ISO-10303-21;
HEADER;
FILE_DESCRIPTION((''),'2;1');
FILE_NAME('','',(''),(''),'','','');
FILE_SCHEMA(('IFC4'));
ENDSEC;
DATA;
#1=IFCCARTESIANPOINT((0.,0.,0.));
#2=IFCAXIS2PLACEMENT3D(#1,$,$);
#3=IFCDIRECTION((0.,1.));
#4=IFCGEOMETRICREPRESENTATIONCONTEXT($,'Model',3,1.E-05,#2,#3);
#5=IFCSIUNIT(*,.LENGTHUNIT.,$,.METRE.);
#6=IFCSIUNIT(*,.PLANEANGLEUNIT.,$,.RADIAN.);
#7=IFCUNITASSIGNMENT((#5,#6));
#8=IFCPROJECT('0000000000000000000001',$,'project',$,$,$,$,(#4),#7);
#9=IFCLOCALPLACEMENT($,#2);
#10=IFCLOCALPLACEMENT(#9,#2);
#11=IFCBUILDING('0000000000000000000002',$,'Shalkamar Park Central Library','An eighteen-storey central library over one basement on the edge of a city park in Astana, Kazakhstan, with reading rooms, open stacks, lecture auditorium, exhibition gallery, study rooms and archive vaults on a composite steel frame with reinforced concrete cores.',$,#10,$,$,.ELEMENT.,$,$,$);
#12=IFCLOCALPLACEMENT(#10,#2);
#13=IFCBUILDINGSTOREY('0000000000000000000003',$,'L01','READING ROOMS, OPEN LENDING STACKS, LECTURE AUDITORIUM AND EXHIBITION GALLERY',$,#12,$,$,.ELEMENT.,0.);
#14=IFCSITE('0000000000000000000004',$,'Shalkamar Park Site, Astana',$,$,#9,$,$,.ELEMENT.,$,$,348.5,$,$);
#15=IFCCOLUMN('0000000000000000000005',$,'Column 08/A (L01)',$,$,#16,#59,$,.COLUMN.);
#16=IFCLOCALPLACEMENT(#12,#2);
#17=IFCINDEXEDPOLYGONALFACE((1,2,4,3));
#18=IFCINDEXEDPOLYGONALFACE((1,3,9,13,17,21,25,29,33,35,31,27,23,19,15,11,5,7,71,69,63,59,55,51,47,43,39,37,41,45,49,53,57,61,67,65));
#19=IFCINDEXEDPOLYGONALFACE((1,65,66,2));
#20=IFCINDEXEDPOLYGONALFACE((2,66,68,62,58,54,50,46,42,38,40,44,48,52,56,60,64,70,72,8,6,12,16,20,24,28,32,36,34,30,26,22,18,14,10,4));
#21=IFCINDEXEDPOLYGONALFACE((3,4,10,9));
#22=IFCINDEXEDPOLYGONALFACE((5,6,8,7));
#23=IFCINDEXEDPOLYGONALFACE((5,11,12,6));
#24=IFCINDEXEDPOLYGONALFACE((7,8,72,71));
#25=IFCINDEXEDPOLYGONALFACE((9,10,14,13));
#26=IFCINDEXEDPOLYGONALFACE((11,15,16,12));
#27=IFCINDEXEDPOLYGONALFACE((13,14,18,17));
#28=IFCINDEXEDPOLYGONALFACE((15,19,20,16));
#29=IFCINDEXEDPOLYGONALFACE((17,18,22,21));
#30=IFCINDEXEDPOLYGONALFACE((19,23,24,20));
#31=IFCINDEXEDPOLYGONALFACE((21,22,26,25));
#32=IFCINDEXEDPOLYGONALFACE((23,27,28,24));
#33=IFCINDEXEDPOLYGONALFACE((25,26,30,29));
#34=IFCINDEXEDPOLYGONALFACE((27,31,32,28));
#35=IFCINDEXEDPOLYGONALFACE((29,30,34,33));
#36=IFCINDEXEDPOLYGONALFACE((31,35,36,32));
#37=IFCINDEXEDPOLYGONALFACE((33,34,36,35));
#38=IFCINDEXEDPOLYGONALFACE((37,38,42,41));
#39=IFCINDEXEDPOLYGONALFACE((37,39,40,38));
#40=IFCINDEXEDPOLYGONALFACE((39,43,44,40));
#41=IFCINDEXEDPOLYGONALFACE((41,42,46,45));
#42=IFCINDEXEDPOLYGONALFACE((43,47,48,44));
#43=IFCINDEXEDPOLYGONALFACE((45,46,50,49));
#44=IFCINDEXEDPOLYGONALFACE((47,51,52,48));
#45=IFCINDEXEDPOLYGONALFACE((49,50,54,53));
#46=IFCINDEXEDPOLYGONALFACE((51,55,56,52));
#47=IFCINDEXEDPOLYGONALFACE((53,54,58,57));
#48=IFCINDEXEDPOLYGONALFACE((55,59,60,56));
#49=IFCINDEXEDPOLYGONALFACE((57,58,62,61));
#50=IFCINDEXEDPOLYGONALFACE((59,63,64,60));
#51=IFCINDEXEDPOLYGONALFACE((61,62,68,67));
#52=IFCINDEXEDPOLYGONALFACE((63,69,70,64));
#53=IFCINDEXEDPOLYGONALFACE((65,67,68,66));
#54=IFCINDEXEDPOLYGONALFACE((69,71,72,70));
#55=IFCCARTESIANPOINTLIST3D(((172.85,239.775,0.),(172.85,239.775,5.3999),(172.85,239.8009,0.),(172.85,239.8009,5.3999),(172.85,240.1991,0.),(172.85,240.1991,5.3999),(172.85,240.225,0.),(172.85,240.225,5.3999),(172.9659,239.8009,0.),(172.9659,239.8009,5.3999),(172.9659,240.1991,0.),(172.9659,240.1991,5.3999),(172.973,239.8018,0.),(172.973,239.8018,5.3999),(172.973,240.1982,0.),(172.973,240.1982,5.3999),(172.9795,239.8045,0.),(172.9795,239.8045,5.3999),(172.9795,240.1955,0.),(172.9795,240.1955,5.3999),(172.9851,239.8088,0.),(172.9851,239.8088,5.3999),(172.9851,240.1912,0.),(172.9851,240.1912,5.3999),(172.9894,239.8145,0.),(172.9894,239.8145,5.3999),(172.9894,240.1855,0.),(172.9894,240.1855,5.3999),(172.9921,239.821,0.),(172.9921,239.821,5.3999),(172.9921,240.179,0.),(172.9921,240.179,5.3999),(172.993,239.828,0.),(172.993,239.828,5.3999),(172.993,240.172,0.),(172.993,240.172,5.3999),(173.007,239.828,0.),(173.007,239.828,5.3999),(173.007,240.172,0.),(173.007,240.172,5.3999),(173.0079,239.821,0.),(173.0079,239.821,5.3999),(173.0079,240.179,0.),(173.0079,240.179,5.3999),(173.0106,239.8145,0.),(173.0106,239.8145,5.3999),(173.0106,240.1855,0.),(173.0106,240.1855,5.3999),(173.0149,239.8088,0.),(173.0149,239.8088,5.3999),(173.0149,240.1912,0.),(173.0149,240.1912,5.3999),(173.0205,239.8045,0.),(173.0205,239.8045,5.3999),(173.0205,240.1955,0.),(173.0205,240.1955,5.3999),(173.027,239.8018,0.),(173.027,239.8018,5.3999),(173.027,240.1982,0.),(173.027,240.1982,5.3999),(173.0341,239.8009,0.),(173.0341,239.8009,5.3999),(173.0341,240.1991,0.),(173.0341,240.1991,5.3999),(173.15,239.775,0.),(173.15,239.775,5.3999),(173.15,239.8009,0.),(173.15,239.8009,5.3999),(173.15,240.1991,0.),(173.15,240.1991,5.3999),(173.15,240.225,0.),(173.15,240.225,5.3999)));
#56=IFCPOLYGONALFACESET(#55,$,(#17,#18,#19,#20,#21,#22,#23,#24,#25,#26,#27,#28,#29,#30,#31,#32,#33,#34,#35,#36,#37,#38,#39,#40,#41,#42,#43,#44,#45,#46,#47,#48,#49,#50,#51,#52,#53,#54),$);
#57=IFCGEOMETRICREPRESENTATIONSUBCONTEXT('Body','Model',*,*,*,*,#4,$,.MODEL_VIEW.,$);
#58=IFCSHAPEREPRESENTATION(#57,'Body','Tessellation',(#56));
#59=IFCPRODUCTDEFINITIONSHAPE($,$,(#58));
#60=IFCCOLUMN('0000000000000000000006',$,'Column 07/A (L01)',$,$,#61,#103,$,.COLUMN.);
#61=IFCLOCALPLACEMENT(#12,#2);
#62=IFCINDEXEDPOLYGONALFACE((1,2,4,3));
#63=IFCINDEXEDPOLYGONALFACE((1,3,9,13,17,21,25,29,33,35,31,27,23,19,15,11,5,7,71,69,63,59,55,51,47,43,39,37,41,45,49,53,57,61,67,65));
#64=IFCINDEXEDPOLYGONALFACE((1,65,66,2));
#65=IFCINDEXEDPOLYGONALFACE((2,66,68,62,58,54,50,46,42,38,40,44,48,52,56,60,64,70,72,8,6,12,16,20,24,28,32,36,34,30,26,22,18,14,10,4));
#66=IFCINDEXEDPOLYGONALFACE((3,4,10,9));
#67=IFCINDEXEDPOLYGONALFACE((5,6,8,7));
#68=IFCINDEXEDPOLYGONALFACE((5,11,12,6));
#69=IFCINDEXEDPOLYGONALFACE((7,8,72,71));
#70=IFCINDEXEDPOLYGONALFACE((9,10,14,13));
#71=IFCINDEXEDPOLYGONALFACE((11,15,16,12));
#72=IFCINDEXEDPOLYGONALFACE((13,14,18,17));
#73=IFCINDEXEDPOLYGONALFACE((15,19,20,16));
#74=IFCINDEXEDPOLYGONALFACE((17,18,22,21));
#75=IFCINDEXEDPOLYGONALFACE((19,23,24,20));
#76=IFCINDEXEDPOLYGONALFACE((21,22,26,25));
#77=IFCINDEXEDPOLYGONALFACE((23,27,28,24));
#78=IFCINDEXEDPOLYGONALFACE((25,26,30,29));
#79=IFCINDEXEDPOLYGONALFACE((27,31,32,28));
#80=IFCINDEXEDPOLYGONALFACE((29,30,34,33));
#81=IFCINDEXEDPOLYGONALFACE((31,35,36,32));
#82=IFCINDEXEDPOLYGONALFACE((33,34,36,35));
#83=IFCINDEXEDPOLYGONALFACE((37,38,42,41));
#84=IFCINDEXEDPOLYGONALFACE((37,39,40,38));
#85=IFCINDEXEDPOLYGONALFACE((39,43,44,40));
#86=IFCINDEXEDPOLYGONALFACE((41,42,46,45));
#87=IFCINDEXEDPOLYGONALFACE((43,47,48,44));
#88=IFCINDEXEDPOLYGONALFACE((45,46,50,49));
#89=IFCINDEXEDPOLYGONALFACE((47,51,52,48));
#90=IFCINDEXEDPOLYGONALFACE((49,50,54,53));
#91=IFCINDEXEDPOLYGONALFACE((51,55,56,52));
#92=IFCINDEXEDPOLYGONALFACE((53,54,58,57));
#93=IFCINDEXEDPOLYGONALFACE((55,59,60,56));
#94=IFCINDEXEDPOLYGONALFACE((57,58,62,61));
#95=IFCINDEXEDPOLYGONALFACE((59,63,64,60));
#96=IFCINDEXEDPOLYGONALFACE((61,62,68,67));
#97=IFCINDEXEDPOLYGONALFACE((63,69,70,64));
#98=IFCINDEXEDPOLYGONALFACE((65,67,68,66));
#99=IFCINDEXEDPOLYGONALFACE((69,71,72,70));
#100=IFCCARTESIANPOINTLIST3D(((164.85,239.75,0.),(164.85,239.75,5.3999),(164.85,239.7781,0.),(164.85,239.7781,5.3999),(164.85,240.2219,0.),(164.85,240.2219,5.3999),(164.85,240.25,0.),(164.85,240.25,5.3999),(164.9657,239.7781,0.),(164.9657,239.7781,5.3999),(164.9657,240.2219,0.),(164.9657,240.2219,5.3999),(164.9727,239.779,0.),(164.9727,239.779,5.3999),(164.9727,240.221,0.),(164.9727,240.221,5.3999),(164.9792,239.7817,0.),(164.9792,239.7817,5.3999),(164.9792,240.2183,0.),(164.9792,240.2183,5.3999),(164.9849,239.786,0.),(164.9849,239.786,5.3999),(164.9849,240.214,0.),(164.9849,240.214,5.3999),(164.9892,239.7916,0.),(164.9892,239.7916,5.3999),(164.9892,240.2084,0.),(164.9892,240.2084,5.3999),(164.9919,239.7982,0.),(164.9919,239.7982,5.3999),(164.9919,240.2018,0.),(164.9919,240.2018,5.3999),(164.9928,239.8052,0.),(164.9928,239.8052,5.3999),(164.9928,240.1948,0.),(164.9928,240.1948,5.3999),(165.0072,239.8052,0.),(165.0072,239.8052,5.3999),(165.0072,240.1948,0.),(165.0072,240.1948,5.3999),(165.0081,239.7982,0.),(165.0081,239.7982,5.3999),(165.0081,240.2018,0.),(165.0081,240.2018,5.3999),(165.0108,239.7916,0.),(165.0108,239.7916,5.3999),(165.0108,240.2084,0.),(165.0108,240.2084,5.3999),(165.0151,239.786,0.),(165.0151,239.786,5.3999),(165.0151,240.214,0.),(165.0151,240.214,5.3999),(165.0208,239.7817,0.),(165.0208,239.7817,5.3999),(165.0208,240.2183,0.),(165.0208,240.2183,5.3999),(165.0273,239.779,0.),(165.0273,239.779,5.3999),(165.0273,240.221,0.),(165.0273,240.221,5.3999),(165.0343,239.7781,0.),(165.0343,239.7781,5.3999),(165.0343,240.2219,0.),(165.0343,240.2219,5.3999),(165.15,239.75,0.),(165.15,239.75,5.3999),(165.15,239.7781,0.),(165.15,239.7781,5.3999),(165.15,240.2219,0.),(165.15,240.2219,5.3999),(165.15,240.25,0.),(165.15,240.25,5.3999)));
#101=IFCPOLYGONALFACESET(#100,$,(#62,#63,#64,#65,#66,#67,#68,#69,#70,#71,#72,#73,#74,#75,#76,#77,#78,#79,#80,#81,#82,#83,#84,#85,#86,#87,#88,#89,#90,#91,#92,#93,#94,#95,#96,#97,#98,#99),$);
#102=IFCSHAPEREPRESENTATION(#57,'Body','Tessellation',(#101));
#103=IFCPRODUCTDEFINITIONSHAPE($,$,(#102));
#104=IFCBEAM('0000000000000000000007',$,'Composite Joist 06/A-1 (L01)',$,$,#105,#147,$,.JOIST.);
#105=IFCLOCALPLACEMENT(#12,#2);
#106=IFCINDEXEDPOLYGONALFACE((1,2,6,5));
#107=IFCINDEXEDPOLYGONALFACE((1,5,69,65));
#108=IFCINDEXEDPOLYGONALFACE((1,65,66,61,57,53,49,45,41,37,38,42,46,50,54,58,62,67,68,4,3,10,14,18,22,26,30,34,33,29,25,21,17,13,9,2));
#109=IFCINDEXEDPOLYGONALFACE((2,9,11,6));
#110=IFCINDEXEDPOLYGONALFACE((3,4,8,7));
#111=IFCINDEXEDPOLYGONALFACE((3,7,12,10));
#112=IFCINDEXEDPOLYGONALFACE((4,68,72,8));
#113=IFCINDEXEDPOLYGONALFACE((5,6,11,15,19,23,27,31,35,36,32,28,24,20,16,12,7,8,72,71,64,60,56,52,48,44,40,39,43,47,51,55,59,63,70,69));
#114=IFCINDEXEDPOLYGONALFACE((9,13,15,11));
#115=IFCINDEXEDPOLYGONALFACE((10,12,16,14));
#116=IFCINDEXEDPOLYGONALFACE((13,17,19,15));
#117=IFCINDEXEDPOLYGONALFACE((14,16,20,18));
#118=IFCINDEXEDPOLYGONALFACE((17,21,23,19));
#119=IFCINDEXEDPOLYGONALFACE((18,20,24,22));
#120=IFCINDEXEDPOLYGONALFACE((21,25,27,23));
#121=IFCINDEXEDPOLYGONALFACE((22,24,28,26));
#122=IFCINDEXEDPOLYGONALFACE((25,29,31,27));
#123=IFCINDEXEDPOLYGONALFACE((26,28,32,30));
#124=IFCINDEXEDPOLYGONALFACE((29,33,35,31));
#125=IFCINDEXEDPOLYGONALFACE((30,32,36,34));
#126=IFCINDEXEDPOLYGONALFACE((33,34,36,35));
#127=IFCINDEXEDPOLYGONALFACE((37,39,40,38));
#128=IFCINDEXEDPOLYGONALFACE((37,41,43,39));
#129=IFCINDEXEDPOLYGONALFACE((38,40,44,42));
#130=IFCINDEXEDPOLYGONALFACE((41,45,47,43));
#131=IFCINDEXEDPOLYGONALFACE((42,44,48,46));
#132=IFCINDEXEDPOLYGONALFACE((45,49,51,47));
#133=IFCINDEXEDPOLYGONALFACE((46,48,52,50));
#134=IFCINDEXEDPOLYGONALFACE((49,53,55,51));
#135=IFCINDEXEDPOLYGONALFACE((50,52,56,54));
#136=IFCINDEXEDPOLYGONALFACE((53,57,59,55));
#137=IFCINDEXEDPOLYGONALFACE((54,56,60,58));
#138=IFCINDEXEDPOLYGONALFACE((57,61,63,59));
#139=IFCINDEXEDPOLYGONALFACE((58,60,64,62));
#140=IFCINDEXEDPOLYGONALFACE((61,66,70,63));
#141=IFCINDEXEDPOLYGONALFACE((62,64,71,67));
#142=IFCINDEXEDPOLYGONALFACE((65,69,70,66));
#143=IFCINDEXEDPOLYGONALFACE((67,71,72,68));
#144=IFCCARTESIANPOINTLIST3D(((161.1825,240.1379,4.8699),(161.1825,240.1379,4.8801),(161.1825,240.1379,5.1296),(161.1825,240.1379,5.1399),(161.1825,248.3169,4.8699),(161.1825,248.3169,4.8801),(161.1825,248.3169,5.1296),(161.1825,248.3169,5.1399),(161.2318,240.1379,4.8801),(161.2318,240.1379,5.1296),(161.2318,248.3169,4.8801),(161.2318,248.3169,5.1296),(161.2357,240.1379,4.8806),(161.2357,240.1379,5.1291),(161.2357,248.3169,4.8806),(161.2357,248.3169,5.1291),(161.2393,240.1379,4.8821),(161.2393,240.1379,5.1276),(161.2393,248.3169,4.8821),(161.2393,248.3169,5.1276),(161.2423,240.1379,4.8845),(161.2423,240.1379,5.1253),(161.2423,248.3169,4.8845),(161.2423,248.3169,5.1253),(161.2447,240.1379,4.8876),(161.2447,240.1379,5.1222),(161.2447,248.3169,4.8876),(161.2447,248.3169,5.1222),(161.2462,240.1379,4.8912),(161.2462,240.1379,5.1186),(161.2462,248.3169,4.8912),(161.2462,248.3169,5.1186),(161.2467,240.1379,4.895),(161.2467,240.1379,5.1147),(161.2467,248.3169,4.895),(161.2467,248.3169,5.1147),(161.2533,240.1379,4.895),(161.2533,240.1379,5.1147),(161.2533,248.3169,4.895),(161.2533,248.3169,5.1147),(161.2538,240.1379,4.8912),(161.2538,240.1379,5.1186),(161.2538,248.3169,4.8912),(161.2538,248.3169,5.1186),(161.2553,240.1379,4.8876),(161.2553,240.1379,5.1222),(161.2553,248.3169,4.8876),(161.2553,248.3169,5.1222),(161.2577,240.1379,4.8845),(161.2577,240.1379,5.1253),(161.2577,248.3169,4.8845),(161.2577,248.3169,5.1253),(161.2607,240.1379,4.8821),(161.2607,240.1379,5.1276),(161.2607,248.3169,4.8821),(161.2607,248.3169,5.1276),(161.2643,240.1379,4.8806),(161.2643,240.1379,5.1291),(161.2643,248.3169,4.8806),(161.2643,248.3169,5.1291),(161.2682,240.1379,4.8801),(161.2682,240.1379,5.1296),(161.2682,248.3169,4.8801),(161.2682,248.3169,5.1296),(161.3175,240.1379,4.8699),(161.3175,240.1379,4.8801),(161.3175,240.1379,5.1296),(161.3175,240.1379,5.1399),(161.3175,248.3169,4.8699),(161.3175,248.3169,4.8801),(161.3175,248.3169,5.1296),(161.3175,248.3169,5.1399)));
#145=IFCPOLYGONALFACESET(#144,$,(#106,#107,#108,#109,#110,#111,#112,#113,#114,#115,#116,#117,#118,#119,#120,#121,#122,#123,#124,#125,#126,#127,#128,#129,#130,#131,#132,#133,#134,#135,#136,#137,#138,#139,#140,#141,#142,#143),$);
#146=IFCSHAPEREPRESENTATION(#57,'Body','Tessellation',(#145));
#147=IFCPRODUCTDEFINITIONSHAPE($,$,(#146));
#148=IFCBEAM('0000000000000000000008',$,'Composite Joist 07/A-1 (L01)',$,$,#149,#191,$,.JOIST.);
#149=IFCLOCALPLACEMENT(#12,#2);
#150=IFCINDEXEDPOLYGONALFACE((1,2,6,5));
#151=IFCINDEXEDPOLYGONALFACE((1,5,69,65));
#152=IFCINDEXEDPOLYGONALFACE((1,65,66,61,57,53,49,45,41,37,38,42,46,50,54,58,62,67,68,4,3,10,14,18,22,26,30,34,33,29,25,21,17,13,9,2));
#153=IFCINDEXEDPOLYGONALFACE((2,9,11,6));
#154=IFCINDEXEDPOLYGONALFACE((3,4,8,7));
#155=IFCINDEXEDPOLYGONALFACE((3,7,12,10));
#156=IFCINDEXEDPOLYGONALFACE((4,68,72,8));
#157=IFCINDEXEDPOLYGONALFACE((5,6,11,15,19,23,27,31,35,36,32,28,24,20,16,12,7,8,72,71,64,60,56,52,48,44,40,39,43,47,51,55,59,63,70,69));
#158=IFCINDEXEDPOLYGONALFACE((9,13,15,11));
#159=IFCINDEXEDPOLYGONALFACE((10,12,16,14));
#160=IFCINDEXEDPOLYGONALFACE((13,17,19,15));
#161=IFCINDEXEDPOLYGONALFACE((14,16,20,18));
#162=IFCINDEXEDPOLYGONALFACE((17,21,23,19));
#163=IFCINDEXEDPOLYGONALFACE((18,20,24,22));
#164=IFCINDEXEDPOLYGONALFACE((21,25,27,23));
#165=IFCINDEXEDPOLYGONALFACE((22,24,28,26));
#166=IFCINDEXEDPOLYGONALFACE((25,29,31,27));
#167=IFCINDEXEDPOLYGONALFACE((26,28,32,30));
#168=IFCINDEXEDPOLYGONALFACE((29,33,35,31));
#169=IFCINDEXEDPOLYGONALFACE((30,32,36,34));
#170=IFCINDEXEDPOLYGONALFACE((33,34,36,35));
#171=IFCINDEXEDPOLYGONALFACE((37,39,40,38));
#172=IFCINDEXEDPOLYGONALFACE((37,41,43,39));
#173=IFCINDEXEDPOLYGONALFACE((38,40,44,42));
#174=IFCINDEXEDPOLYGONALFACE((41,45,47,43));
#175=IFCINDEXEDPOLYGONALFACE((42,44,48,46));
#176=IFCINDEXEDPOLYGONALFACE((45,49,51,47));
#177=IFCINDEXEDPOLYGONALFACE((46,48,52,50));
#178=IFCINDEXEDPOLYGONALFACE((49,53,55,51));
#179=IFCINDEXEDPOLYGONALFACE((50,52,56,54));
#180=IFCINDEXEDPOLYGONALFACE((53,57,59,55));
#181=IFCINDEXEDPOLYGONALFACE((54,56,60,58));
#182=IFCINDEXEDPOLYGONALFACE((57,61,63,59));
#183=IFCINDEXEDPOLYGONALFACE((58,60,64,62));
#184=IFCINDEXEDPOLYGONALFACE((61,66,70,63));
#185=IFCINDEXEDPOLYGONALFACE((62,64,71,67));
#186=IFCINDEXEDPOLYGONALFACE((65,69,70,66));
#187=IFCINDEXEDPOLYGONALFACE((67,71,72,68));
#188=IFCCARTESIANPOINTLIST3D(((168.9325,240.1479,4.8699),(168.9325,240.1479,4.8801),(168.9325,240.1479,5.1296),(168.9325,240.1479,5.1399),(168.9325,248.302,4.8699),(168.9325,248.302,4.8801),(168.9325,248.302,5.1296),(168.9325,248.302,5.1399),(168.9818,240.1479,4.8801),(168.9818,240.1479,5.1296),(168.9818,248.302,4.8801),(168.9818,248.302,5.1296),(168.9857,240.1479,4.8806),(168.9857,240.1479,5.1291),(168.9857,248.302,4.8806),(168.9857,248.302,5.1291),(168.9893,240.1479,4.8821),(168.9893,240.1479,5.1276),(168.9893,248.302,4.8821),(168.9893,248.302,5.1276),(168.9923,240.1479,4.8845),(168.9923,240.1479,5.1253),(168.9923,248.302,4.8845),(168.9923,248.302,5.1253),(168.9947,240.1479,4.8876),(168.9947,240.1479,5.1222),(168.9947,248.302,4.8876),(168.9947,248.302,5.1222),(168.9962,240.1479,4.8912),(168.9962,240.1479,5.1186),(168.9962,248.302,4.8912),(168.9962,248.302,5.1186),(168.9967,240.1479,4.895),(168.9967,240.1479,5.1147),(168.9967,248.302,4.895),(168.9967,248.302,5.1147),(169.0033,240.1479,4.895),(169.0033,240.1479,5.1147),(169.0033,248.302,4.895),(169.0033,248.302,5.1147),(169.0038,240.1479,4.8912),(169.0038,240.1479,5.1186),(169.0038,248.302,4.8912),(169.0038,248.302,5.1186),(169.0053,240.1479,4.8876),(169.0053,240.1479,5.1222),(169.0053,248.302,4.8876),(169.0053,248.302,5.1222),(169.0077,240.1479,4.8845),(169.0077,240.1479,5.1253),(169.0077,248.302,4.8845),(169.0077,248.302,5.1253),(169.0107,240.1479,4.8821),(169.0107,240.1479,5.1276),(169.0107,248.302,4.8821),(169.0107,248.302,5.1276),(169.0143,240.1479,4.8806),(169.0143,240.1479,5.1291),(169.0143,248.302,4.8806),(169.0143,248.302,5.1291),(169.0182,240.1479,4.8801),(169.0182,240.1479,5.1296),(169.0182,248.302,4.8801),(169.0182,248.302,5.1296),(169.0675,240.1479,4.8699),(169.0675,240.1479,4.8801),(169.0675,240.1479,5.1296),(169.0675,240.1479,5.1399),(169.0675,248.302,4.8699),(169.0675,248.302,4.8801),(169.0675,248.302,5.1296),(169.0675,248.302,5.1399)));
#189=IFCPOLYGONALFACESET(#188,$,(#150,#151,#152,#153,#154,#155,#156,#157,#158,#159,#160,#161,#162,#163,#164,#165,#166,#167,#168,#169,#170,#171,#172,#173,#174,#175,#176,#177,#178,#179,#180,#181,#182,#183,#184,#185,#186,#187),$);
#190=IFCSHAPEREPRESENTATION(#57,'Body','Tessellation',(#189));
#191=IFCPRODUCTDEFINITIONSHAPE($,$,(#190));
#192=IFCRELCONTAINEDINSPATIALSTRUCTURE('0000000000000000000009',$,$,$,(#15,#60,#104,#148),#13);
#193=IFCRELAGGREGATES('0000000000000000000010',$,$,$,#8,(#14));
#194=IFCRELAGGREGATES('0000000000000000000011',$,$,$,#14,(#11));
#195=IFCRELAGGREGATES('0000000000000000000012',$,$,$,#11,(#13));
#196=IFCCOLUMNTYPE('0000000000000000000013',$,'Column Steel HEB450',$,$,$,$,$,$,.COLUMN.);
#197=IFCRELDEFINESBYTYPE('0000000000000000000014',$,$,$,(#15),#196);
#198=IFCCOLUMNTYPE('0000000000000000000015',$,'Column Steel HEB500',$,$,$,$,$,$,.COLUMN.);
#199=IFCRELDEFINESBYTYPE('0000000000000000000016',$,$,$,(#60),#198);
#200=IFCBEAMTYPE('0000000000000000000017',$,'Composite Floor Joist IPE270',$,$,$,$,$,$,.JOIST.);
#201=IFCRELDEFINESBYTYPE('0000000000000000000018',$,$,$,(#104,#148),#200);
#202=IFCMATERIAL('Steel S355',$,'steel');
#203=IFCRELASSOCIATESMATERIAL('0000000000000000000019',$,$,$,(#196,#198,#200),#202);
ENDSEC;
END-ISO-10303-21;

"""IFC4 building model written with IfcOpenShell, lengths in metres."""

from ifc_helpers import new_model, si_unit, direction, frame, origin, origin_2d, place, context, subcontext, project, spatial, i_section, extrude, material, material_profile, profile_set, type_object, element, save


model = new_model("IFC4")

# Units and contexts
model_context = context("Model", 3, precision=1e-05, world=origin(), true_north=direction((0.0, 1.0)))
body_context = subcontext(model_context, "Body", "Model", "MODEL_VIEW")
ifc_project = project(units=[si_unit("LENGTHUNIT", "METRE"), si_unit("PLANEANGLEUNIT", "RADIAN")], contexts=[model_context])

# Site, building, storey
site_placement = place(None, origin())
site = spatial("IfcSite", under=ifc_project, at=site_placement, Name="Shalkamar Park Site, Astana", CompositionType="ELEMENT", RefElevation=348.5)
building_placement = place(site_placement, origin())
building = spatial("IfcBuilding", under=site, at=building_placement, Name="Shalkamar Park Central Library", Description="An eighteen-storey central library over one basement on the edge of a city park in Astana, Kazakhstan, with reading rooms, open stacks, lecture auditorium, exhibition gallery, study rooms and archive vaults on a composite steel frame with reinforced concrete cores.", CompositionType="ELEMENT")
storey_placement = place(building_placement, origin())
storey = spatial("IfcBuildingStorey", under=building, at=storey_placement, Name="L01", Description="READING ROOMS, OPEN LENDING STACKS, LECTURE AUDITORIUM AND EXHIBITION GALLERY", CompositionType="ELEMENT", Elevation=0.0)

# Columns
ifc_material_1 = material(Name="Steel S355", Category="steel")
ifc_material_profile_1 = material_profile(ifc_material_1, i_section(OverallWidth=0.3, OverallDepth=0.45, WebThickness=0.0139, FlangeThickness=0.0259, FilletRadius=0.0271, at=origin_2d()), Name="HEB 450")
ifc_profile_set_1 = profile_set([ifc_material_profile_1], Name="Steel S355")
column_type_1 = type_object("IfcColumnType", Name="Column Steel HEB450", PredefinedType="COLUMN", material=ifc_profile_set_1)
column_1_placement = place(storey_placement, frame((173.0, 240.0, 0.0), z_axis=(0.0, 0.0, 1.0), x_axis=(1.0, 0.0, 0.0)))
element("IfcColumn", 1, at=column_1_placement, inside=storey, type_object=column_type_1, Name="Column 08/A (L01)", PredefinedType="COLUMN", context=body_context, shape_type="SweptSolid", body=[
    extrude(i_section(OverallWidth=0.3, OverallDepth=0.45, WebThickness=0.0139, FlangeThickness=0.0259, FilletRadius=0.0271, at=origin_2d()), origin(), (0.0, 0.0, 1.0), 5.3999),
])
ifc_material_profile_2 = material_profile(ifc_material_1, i_section(OverallWidth=0.3, OverallDepth=0.5, WebThickness=0.0144, FlangeThickness=0.0281, FilletRadius=0.0271, at=origin_2d()), Name="HEB 500")
ifc_profile_set_2 = profile_set([ifc_material_profile_2], Name="Steel S355")
column_type_2 = type_object("IfcColumnType", Name="Column Steel HEB500", PredefinedType="COLUMN", material=ifc_profile_set_2)
column_2_placement = place(storey_placement, frame((165.0, 240.0, 0.0), z_axis=(0.0, 0.0, 1.0), x_axis=(1.0, 0.0, 0.0)))
element("IfcColumn", 2, at=column_2_placement, inside=storey, type_object=column_type_2, Name="Column 07/A (L01)", PredefinedType="COLUMN", context=body_context, shape_type="SweptSolid", body=[
    extrude(i_section(OverallWidth=0.3, OverallDepth=0.5, WebThickness=0.0144, FlangeThickness=0.0281, FilletRadius=0.0271, at=origin_2d()), origin(), (0.0, 0.0, 1.0), 5.3999),
])

# Beams
ifc_material_profile_3 = material_profile(ifc_material_1, i_section(OverallWidth=0.135, OverallDepth=0.27, WebThickness=0.0066, FlangeThickness=0.0103, FilletRadius=0.0149, at=origin_2d()), Name="IPE 270")
ifc_profile_set_3 = profile_set([ifc_material_profile_3], Name="Steel S355")
beam_type_1 = type_object("IfcBeamType", Name="Composite Floor Joist IPE270", PredefinedType="JOIST", material=ifc_profile_set_3)
beam_1_placement = place(storey_placement, frame((161.25, 240.1379, 5.0049), z_axis=(0.0, 1.0, 0.0), x_axis=(-1.0, 0.0, 0.0)))
element("IfcBeam", 3, at=beam_1_placement, inside=storey, type_object=beam_type_1, Name="Composite Joist 06/A-1 (L01)", PredefinedType="JOIST", context=body_context, shape_type="SweptSolid", body=[
    extrude(i_section(OverallWidth=0.135, OverallDepth=0.27, WebThickness=0.0066, FlangeThickness=0.0103, FilletRadius=0.0149, at=origin_2d()), origin(), (0.0, 0.0, 1.0), 8.179),
])
beam_2_placement = place(storey_placement, frame((169.0, 240.1479, 5.0049), z_axis=(0.0, 1.0, 0.0), x_axis=(-1.0, 0.0, 0.0)))
element("IfcBeam", 4, at=beam_2_placement, inside=storey, type_object=beam_type_1, Name="Composite Joist 07/A-1 (L01)", PredefinedType="JOIST", context=body_context, shape_type="SweptSolid", body=[
    extrude(i_section(OverallWidth=0.135, OverallDepth=0.27, WebThickness=0.0066, FlangeThickness=0.0103, FilletRadius=0.0149, at=origin_2d()), origin(), (0.0, 0.0, 1.0), 8.1541),
])

save(model, "model.ifc")
